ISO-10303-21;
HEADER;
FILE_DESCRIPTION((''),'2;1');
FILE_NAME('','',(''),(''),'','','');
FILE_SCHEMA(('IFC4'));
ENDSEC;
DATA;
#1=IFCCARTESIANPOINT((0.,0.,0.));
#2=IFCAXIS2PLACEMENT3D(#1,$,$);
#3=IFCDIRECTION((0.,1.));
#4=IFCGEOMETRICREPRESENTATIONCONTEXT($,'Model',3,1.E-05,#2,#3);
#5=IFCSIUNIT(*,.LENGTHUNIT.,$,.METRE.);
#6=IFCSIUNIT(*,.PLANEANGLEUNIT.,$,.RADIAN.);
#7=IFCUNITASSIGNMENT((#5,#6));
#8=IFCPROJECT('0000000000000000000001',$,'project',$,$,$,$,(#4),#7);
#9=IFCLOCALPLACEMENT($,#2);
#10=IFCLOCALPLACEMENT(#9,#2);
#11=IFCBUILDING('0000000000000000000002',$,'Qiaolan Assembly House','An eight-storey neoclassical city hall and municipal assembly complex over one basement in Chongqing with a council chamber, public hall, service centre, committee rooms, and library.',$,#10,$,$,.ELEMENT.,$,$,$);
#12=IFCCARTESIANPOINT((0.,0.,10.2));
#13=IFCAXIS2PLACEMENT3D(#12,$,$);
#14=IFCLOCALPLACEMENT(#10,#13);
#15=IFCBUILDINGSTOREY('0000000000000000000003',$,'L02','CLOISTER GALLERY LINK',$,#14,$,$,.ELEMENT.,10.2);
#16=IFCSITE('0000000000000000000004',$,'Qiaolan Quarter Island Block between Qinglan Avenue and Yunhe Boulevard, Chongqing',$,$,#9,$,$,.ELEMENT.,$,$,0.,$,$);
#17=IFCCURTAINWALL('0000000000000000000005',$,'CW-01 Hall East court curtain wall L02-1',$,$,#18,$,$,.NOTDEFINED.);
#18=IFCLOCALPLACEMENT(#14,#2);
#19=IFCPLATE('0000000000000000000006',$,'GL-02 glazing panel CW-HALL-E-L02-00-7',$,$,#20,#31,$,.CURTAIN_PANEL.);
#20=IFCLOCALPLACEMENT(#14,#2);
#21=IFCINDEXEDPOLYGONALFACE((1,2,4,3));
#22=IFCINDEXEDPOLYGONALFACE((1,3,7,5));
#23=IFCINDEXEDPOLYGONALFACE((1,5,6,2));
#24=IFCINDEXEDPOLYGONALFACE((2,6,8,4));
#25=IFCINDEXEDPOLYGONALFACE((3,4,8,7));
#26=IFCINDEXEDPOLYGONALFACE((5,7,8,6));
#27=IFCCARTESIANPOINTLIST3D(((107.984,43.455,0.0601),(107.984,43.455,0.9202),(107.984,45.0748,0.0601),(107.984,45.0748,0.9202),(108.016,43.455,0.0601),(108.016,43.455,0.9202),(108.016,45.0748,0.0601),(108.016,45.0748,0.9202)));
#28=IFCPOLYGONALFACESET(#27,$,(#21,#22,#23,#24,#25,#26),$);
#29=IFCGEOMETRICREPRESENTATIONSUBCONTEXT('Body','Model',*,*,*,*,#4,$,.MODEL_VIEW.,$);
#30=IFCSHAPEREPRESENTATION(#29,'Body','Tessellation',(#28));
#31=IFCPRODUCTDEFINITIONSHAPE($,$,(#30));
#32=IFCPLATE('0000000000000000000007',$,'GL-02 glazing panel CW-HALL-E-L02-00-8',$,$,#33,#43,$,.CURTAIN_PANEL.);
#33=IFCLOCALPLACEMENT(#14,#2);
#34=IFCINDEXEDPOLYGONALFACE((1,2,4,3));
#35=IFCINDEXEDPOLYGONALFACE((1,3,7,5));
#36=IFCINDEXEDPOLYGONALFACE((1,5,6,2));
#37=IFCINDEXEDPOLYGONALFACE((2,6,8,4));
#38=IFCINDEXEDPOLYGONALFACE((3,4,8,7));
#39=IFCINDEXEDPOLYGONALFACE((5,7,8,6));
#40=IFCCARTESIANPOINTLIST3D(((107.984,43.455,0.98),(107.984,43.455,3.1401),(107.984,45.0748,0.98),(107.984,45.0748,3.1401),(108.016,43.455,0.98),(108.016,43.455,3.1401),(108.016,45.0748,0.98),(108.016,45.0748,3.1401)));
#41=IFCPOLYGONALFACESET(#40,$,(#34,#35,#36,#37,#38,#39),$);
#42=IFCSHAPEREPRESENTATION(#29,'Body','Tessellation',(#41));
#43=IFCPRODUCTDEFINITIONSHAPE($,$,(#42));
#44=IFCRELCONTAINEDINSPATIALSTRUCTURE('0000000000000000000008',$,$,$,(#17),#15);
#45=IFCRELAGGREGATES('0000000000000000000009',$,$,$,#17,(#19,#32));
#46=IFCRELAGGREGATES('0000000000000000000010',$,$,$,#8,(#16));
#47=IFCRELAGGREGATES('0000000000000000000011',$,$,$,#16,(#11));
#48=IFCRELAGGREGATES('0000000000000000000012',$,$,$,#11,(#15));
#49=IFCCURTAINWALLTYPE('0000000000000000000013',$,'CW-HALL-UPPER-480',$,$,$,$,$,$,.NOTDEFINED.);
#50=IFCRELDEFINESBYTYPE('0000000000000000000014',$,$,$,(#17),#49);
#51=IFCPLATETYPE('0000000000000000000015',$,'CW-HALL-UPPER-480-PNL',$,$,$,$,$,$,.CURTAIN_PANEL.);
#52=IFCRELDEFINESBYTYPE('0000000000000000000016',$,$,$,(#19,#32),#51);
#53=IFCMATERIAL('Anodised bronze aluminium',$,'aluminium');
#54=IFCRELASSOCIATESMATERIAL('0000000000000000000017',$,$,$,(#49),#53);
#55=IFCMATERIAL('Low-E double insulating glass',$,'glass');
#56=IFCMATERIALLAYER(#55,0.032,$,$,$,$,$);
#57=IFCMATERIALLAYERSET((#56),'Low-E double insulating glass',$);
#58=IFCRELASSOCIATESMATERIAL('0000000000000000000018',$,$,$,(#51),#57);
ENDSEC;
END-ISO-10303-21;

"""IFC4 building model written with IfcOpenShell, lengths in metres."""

from ifc_helpers import new_model, si_unit, direction, frame, frame_2d, origin, place, context, subcontext, project, spatial, rectangle, extrude, material, layer, layer_set, type_object, element, aggregate, save


model = new_model("IFC4")

# Units and contexts
model_context = context("Model", 3, precision=1e-05, world=origin(), true_north=direction((0.0, 1.0)))
body_context = subcontext(model_context, "Body", "Model", "MODEL_VIEW")
ifc_project = project(units=[si_unit("LENGTHUNIT", "METRE"), si_unit("PLANEANGLEUNIT", "RADIAN")], contexts=[model_context])

# Site, building, storey
site_placement = place(None, origin())
site = spatial("IfcSite", under=ifc_project, at=site_placement, Name="Qiaolan Quarter Island Block between Qinglan Avenue and Yunhe Boulevard, Chongqing", CompositionType="ELEMENT", RefElevation=0.0)
building_placement = place(site_placement, origin())
building = spatial("IfcBuilding", under=site, at=building_placement, Name="Qiaolan Assembly House", Description="An eight-storey neoclassical city hall and municipal assembly complex over one basement in Chongqing with a council chamber, public hall, service centre, committee rooms, and library.", CompositionType="ELEMENT")
storey_placement = place(building_placement, frame((0.0, 0.0, 10.2)))
storey = spatial("IfcBuildingStorey", under=building, at=storey_placement, Name="L02", Description="CLOISTER GALLERY LINK", CompositionType="ELEMENT", Elevation=10.2)

# Curtain wall
ifc_material_1 = material(Name="Anodised bronze aluminium", Category="aluminium")
curtain_wall_type_1 = type_object("IfcCurtainWallType", Name="CW-HALL-UPPER-480", PredefinedType="NOTDEFINED", material=ifc_material_1)
curtain_wall_1_placement = place(storey_placement, origin())
curtain_wall_1 = element("IfcCurtainWall", 1, at=curtain_wall_1_placement, inside=storey, type_object=curtain_wall_type_1, Name="CW-01 Hall East court curtain wall L02-1", PredefinedType="NOTDEFINED")

# Plates
ifc_material_2 = material(Name="Low-E double insulating glass", Category="glass")
ifc_layer_1 = layer(ifc_material_2, 0.032)
ifc_layer_set_1 = layer_set([ifc_layer_1], Name="Low-E double insulating glass")
plate_type_1 = type_object("IfcPlateType", Name="CW-HALL-UPPER-480-PNL", PredefinedType="CURTAIN_PANEL", material=ifc_layer_set_1)
plate_1_placement = place(storey_placement, frame((108.0, 45.075, 0.0601), z_axis=(0.0, 0.0, 1.0), x_axis=(0.0, -1.0, 0.0)))
plate_1 = element("IfcPlate", 2, at=plate_1_placement, type_object=plate_type_1, Name="GL-02 glazing panel CW-HALL-E-L02-00-7", PredefinedType="CURTAIN_PANEL", context=body_context, shape_type="SweptSolid", body=[
    extrude(rectangle(XDim=1.6199, YDim=0.032, at=frame_2d((0.8101, 0.0))), origin(), (0.0, 0.0, 1.0), 0.8601),
])
plate_2_placement = place(storey_placement, frame((108.0, 45.075, 0.98), z_axis=(0.0, 0.0, 1.0), x_axis=(0.0, -1.0, 0.0)))
plate_2 = element("IfcPlate", 3, at=plate_2_placement, type_object=plate_type_1, Name="GL-02 glazing panel CW-HALL-E-L02-00-8", PredefinedType="CURTAIN_PANEL", context=body_context, shape_type="SweptSolid", body=[
    extrude(rectangle(XDim=1.6199, YDim=0.032, at=frame_2d((0.8101, 0.0))), origin(), (0.0, 0.0, 1.0), 2.1602),
])
aggregate(curtain_wall_1, [plate_1, plate_2])

save(model, "model.ifc")
